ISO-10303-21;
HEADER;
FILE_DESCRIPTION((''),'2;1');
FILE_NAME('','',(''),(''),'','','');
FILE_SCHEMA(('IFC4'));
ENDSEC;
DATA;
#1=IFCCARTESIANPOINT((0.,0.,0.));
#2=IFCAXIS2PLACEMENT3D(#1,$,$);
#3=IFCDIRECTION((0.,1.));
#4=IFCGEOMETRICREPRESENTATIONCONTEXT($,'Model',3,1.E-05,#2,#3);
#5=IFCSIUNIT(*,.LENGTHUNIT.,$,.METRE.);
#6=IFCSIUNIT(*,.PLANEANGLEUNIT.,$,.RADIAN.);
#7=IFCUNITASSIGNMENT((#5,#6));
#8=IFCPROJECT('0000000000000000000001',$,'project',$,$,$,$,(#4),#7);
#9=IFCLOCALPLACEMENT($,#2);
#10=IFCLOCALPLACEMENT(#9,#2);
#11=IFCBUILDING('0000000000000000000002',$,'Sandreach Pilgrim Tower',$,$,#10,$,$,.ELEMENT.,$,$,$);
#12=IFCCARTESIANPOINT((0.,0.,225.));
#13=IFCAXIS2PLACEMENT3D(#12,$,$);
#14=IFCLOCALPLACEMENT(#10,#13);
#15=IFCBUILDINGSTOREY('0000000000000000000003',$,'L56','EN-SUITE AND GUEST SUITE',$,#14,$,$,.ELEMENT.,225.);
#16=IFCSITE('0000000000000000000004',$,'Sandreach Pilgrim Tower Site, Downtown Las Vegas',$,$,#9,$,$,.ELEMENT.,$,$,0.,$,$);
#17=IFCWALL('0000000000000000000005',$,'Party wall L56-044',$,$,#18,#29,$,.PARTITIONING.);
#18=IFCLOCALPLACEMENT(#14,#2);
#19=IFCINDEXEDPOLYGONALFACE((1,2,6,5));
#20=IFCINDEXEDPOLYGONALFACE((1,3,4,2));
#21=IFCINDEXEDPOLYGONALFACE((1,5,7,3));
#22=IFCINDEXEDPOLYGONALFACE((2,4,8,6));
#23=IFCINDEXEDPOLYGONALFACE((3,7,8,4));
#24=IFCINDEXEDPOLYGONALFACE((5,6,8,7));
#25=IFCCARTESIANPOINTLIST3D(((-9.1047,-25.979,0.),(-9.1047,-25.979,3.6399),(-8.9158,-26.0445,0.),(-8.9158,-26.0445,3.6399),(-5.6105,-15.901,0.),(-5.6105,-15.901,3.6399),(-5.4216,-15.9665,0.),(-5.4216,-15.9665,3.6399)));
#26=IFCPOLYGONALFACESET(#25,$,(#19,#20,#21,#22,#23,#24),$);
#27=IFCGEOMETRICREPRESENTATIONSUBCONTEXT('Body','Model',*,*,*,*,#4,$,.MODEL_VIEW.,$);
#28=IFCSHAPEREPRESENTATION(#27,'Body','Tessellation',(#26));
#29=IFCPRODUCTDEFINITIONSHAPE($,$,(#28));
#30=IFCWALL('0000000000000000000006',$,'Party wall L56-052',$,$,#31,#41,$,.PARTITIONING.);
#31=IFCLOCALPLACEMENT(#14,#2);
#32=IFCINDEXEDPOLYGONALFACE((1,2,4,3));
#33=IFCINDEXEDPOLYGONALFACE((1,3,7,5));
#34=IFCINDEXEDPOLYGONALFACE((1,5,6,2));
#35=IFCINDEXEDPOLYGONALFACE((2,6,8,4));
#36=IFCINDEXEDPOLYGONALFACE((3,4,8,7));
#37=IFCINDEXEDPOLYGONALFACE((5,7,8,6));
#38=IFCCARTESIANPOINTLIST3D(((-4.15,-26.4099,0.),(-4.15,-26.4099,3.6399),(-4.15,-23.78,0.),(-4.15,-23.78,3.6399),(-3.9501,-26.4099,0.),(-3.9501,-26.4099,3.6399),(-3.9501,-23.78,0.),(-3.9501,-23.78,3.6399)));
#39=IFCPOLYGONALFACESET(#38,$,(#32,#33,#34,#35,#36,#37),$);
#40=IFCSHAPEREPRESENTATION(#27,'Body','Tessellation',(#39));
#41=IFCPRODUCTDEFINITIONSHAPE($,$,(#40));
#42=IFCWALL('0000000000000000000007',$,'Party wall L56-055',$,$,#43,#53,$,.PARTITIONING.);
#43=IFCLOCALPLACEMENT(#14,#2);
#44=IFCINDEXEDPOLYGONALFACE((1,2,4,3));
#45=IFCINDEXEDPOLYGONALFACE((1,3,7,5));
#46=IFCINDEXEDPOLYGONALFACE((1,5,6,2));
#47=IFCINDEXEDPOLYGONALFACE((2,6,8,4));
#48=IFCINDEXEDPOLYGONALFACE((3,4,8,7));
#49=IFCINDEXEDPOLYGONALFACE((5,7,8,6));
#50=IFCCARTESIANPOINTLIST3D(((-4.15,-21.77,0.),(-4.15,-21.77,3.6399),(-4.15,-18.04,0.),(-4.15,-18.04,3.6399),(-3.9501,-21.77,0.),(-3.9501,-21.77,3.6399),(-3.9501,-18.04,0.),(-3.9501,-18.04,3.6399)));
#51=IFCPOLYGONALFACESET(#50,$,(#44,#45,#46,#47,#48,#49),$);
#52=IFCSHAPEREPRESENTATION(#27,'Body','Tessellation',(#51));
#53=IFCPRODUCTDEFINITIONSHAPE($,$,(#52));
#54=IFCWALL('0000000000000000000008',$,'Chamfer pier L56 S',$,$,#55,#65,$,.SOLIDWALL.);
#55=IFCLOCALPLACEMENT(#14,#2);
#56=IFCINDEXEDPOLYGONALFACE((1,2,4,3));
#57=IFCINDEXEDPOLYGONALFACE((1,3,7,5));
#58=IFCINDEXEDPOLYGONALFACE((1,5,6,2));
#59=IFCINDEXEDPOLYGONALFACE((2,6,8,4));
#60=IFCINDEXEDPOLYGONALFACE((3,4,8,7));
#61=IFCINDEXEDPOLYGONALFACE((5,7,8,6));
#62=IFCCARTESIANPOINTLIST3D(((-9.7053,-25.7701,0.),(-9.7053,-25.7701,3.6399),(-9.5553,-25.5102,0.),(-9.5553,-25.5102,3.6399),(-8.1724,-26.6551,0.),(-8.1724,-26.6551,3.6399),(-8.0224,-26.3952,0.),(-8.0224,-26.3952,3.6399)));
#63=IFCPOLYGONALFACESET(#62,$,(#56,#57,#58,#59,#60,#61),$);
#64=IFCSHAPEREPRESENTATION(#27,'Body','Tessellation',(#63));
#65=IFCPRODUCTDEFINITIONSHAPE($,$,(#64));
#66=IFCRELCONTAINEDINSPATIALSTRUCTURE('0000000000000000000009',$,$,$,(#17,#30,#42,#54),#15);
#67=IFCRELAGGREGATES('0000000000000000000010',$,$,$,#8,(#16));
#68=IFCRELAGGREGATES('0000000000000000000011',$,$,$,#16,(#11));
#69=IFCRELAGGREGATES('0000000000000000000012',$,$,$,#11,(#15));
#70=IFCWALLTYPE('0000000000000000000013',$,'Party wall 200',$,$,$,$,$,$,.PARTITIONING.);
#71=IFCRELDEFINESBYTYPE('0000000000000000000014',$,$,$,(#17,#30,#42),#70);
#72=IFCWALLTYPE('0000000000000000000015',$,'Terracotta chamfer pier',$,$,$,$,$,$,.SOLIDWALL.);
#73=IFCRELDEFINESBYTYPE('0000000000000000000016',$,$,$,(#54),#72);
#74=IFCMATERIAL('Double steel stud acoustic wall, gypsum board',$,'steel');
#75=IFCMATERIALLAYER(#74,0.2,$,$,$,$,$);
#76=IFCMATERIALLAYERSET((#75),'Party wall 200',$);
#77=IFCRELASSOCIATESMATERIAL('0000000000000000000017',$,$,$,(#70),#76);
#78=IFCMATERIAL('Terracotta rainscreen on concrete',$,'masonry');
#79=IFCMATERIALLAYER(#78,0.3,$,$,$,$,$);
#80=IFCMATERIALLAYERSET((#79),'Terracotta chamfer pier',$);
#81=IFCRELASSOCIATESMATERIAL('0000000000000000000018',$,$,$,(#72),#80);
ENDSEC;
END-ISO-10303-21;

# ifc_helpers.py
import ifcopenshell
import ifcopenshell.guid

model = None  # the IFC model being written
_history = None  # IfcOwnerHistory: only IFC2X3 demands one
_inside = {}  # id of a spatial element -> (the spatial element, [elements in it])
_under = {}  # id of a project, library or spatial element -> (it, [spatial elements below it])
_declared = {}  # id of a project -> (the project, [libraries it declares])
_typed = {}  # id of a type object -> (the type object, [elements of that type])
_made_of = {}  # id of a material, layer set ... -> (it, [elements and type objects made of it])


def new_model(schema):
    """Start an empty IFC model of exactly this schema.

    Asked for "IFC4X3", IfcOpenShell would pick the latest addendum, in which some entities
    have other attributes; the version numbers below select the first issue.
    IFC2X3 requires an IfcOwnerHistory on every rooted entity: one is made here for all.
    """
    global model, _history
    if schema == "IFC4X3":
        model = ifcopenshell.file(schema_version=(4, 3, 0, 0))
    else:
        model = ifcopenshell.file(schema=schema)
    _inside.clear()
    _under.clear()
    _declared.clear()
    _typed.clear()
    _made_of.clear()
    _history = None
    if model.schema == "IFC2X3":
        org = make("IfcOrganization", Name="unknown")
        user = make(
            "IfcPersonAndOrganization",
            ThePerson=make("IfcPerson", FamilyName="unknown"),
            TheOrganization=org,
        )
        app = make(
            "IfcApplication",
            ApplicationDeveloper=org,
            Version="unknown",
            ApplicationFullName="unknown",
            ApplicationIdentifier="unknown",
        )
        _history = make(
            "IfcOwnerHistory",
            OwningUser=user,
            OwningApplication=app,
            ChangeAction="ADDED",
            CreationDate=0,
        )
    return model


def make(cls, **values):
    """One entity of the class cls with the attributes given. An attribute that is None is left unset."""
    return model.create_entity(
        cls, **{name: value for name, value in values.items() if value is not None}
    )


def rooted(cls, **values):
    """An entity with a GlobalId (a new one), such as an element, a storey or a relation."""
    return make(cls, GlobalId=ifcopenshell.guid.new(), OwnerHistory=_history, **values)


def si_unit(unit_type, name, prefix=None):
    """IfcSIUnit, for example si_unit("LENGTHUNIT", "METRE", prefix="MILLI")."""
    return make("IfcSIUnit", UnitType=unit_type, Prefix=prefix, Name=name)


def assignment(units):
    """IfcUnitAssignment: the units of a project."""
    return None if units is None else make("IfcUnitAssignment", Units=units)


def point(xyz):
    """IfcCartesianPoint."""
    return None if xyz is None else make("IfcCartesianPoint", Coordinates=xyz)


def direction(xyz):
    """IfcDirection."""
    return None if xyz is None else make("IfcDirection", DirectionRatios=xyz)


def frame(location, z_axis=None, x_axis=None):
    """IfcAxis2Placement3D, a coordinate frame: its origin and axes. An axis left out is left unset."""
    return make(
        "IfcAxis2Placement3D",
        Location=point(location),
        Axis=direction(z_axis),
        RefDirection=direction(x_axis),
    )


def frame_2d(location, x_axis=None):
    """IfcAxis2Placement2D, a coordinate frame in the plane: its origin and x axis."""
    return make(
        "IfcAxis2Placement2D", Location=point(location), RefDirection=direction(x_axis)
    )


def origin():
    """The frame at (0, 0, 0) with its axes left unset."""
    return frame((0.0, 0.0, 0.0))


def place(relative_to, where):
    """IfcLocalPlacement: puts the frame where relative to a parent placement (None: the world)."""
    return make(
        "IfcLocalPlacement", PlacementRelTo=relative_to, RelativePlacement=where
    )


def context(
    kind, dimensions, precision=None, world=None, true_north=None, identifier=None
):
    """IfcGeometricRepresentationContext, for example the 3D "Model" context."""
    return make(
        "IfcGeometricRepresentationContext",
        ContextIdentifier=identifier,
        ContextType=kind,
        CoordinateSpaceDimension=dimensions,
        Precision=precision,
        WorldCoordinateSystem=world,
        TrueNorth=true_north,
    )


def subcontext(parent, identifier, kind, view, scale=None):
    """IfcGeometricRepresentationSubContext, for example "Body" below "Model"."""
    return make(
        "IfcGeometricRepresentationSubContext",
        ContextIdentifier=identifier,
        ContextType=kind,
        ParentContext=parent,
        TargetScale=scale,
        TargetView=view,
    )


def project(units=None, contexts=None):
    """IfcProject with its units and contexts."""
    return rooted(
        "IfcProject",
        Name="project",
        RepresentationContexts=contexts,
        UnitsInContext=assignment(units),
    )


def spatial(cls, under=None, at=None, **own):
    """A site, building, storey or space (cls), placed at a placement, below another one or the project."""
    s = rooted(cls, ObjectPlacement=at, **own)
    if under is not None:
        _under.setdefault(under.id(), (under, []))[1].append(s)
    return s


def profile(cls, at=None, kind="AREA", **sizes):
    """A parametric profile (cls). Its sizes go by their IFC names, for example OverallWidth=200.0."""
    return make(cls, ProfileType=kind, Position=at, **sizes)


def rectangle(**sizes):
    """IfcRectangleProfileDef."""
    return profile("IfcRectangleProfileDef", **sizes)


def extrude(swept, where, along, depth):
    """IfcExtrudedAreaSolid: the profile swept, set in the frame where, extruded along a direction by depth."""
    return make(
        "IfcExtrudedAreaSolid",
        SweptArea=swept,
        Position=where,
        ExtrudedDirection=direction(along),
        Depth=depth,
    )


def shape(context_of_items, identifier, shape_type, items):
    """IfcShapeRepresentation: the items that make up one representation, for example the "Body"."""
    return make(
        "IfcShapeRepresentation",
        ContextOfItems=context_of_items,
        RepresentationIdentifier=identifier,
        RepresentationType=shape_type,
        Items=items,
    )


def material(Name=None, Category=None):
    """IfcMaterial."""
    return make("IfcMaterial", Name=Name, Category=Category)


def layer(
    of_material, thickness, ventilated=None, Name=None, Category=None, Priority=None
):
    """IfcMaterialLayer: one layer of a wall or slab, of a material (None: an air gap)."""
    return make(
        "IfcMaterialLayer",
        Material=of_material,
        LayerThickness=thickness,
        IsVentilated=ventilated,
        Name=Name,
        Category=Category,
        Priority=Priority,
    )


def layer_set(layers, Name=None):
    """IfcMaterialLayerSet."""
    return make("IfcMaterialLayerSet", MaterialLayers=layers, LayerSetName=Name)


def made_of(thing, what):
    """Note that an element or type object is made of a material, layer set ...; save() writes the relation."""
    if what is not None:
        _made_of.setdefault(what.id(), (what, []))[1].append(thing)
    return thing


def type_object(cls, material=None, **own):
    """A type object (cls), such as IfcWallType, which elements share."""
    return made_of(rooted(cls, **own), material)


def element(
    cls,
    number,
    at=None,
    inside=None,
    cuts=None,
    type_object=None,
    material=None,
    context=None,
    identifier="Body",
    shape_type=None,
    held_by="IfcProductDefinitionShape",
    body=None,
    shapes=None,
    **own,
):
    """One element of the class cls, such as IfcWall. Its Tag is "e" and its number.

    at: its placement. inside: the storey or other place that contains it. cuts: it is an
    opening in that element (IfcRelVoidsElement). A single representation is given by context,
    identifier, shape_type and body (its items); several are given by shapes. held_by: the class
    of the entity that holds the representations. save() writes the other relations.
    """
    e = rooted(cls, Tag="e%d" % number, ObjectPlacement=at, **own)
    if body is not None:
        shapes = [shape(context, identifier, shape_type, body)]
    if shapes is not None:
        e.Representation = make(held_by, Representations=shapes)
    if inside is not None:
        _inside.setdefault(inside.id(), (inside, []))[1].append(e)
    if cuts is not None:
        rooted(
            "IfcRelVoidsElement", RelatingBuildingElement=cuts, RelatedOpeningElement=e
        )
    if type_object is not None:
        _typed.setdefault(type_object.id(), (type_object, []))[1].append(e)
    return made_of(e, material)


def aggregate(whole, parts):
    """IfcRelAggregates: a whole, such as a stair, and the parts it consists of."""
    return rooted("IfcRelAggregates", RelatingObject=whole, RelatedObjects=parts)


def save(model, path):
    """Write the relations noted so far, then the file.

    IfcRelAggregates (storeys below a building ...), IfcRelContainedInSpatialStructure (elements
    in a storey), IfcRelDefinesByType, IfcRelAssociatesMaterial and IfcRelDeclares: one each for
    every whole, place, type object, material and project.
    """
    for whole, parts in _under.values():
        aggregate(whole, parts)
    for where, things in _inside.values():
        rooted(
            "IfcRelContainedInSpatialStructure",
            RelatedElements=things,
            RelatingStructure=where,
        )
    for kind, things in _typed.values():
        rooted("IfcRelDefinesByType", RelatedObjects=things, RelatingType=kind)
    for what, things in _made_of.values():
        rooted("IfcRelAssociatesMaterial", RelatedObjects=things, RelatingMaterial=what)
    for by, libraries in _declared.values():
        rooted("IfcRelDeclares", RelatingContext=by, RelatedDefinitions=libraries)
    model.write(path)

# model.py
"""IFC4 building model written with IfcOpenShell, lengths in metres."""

from ifc_helpers import new_model, si_unit, direction, frame, frame_2d, origin, place, context, subcontext, project, spatial, rectangle, extrude, material, layer, layer_set, type_object, element, save


model = new_model("IFC4")

# Units and contexts
model_context = context("Model", 3, precision=1e-05, world=origin(), true_north=direction((0.0, 1.0)))
body_context = subcontext(model_context, "Body", "Model", "MODEL_VIEW")
ifc_project = project(units=[si_unit("LENGTHUNIT", "METRE"), si_unit("PLANEANGLEUNIT", "RADIAN")], contexts=[model_context])

# Site, building, storey
site_placement = place(None, origin())
site = spatial("IfcSite", under=ifc_project, at=site_placement, Name="Sandreach Pilgrim Tower Site, Downtown Las Vegas", CompositionType="ELEMENT", RefElevation=0.0)
building_placement = place(site_placement, origin())
building = spatial("IfcBuilding", under=site, at=building_placement, Name="Sandreach Pilgrim Tower", CompositionType="ELEMENT")
storey_placement = place(building_placement, frame((0.0, 0.0, 225.0)))
storey = spatial("IfcBuildingStorey", under=building, at=storey_placement, Name="L56", Description="EN-SUITE AND GUEST SUITE", CompositionType="ELEMENT", Elevation=225.0)

# Walls
ifc_material_1 = material(Name="Double steel stud acoustic wall, gypsum board", Category="steel")
ifc_layer_1 = layer(ifc_material_1, 0.2)
ifc_layer_set_1 = layer_set([ifc_layer_1], Name="Party wall 200")
wall_type_1 = type_object("IfcWallType", Name="Party wall 200", PredefinedType="PARTITIONING", material=ifc_layer_set_1)
wall_1_placement = place(storey_placement, frame((-9.0103, -26.0117, 0.0), z_axis=(0.0, 0.0, 1.0), x_axis=(0.327583, 0.944822, 0.0)))
element("IfcWall", 1, at=wall_1_placement, inside=storey, type_object=wall_type_1, Name="Party wall L56-044", PredefinedType="PARTITIONING", context=body_context, shape_type="SweptSolid", body=[
    extrude(rectangle(XDim=10.6665, YDim=0.2, at=frame_2d((5.3333, 0.0))), origin(), (0.0, 0.0, 1.0), 3.6399),
])
wall_2_placement = place(storey_placement, frame((-4.05, -26.4099, 0.0), z_axis=(0.0, 0.0, 1.0), x_axis=(0.0, 1.0, 0.0)))
element("IfcWall", 2, at=wall_2_placement, inside=storey, type_object=wall_type_1, Name="Party wall L56-052", PredefinedType="PARTITIONING", context=body_context, shape_type="SweptSolid", body=[
    extrude(rectangle(XDim=2.6299, YDim=0.2, at=frame_2d((1.3149, 0.0))), origin(), (0.0, 0.0, 1.0), 3.6399),
])
wall_3_placement = place(storey_placement, frame((-4.05, -21.77, 0.0), z_axis=(0.0, 0.0, 1.0), x_axis=(0.0, 1.0, 0.0)))
element("IfcWall", 3, at=wall_3_placement, inside=storey, type_object=wall_type_1, Name="Party wall L56-055", PredefinedType="PARTITIONING", context=body_context, shape_type="SweptSolid", body=[
    extrude(rectangle(XDim=3.73, YDim=0.2, at=frame_2d((1.865, 0.0))), origin(), (0.0, 0.0, 1.0), 3.6399),
])
ifc_material_2 = material(Name="Terracotta rainscreen on concrete", Category="masonry")
ifc_layer_2 = layer(ifc_material_2, 0.3)
ifc_layer_set_2 = layer_set([ifc_layer_2], Name="Terracotta chamfer pier")
wall_type_2 = type_object("IfcWallType", Name="Terracotta chamfer pier", PredefinedType="SOLIDWALL", material=ifc_layer_set_2)
wall_4_placement = place(storey_placement, frame((-8.0974, -26.5251, 0.0), z_axis=(0.0, 0.0, 1.0), x_axis=(-0.866036, 0.499981, 0.0)))
element("IfcWall", 4, at=wall_4_placement, inside=storey, type_object=wall_type_2, Name="Chamfer pier L56 S", PredefinedType="SOLIDWALL", context=body_context, shape_type="SweptSolid", body=[
    extrude(rectangle(XDim=1.77, YDim=0.3, at=frame_2d((0.885, 0.0))), origin(), (0.0, 0.0, 1.0), 3.6399),
])

save(model, "model.ifc")
